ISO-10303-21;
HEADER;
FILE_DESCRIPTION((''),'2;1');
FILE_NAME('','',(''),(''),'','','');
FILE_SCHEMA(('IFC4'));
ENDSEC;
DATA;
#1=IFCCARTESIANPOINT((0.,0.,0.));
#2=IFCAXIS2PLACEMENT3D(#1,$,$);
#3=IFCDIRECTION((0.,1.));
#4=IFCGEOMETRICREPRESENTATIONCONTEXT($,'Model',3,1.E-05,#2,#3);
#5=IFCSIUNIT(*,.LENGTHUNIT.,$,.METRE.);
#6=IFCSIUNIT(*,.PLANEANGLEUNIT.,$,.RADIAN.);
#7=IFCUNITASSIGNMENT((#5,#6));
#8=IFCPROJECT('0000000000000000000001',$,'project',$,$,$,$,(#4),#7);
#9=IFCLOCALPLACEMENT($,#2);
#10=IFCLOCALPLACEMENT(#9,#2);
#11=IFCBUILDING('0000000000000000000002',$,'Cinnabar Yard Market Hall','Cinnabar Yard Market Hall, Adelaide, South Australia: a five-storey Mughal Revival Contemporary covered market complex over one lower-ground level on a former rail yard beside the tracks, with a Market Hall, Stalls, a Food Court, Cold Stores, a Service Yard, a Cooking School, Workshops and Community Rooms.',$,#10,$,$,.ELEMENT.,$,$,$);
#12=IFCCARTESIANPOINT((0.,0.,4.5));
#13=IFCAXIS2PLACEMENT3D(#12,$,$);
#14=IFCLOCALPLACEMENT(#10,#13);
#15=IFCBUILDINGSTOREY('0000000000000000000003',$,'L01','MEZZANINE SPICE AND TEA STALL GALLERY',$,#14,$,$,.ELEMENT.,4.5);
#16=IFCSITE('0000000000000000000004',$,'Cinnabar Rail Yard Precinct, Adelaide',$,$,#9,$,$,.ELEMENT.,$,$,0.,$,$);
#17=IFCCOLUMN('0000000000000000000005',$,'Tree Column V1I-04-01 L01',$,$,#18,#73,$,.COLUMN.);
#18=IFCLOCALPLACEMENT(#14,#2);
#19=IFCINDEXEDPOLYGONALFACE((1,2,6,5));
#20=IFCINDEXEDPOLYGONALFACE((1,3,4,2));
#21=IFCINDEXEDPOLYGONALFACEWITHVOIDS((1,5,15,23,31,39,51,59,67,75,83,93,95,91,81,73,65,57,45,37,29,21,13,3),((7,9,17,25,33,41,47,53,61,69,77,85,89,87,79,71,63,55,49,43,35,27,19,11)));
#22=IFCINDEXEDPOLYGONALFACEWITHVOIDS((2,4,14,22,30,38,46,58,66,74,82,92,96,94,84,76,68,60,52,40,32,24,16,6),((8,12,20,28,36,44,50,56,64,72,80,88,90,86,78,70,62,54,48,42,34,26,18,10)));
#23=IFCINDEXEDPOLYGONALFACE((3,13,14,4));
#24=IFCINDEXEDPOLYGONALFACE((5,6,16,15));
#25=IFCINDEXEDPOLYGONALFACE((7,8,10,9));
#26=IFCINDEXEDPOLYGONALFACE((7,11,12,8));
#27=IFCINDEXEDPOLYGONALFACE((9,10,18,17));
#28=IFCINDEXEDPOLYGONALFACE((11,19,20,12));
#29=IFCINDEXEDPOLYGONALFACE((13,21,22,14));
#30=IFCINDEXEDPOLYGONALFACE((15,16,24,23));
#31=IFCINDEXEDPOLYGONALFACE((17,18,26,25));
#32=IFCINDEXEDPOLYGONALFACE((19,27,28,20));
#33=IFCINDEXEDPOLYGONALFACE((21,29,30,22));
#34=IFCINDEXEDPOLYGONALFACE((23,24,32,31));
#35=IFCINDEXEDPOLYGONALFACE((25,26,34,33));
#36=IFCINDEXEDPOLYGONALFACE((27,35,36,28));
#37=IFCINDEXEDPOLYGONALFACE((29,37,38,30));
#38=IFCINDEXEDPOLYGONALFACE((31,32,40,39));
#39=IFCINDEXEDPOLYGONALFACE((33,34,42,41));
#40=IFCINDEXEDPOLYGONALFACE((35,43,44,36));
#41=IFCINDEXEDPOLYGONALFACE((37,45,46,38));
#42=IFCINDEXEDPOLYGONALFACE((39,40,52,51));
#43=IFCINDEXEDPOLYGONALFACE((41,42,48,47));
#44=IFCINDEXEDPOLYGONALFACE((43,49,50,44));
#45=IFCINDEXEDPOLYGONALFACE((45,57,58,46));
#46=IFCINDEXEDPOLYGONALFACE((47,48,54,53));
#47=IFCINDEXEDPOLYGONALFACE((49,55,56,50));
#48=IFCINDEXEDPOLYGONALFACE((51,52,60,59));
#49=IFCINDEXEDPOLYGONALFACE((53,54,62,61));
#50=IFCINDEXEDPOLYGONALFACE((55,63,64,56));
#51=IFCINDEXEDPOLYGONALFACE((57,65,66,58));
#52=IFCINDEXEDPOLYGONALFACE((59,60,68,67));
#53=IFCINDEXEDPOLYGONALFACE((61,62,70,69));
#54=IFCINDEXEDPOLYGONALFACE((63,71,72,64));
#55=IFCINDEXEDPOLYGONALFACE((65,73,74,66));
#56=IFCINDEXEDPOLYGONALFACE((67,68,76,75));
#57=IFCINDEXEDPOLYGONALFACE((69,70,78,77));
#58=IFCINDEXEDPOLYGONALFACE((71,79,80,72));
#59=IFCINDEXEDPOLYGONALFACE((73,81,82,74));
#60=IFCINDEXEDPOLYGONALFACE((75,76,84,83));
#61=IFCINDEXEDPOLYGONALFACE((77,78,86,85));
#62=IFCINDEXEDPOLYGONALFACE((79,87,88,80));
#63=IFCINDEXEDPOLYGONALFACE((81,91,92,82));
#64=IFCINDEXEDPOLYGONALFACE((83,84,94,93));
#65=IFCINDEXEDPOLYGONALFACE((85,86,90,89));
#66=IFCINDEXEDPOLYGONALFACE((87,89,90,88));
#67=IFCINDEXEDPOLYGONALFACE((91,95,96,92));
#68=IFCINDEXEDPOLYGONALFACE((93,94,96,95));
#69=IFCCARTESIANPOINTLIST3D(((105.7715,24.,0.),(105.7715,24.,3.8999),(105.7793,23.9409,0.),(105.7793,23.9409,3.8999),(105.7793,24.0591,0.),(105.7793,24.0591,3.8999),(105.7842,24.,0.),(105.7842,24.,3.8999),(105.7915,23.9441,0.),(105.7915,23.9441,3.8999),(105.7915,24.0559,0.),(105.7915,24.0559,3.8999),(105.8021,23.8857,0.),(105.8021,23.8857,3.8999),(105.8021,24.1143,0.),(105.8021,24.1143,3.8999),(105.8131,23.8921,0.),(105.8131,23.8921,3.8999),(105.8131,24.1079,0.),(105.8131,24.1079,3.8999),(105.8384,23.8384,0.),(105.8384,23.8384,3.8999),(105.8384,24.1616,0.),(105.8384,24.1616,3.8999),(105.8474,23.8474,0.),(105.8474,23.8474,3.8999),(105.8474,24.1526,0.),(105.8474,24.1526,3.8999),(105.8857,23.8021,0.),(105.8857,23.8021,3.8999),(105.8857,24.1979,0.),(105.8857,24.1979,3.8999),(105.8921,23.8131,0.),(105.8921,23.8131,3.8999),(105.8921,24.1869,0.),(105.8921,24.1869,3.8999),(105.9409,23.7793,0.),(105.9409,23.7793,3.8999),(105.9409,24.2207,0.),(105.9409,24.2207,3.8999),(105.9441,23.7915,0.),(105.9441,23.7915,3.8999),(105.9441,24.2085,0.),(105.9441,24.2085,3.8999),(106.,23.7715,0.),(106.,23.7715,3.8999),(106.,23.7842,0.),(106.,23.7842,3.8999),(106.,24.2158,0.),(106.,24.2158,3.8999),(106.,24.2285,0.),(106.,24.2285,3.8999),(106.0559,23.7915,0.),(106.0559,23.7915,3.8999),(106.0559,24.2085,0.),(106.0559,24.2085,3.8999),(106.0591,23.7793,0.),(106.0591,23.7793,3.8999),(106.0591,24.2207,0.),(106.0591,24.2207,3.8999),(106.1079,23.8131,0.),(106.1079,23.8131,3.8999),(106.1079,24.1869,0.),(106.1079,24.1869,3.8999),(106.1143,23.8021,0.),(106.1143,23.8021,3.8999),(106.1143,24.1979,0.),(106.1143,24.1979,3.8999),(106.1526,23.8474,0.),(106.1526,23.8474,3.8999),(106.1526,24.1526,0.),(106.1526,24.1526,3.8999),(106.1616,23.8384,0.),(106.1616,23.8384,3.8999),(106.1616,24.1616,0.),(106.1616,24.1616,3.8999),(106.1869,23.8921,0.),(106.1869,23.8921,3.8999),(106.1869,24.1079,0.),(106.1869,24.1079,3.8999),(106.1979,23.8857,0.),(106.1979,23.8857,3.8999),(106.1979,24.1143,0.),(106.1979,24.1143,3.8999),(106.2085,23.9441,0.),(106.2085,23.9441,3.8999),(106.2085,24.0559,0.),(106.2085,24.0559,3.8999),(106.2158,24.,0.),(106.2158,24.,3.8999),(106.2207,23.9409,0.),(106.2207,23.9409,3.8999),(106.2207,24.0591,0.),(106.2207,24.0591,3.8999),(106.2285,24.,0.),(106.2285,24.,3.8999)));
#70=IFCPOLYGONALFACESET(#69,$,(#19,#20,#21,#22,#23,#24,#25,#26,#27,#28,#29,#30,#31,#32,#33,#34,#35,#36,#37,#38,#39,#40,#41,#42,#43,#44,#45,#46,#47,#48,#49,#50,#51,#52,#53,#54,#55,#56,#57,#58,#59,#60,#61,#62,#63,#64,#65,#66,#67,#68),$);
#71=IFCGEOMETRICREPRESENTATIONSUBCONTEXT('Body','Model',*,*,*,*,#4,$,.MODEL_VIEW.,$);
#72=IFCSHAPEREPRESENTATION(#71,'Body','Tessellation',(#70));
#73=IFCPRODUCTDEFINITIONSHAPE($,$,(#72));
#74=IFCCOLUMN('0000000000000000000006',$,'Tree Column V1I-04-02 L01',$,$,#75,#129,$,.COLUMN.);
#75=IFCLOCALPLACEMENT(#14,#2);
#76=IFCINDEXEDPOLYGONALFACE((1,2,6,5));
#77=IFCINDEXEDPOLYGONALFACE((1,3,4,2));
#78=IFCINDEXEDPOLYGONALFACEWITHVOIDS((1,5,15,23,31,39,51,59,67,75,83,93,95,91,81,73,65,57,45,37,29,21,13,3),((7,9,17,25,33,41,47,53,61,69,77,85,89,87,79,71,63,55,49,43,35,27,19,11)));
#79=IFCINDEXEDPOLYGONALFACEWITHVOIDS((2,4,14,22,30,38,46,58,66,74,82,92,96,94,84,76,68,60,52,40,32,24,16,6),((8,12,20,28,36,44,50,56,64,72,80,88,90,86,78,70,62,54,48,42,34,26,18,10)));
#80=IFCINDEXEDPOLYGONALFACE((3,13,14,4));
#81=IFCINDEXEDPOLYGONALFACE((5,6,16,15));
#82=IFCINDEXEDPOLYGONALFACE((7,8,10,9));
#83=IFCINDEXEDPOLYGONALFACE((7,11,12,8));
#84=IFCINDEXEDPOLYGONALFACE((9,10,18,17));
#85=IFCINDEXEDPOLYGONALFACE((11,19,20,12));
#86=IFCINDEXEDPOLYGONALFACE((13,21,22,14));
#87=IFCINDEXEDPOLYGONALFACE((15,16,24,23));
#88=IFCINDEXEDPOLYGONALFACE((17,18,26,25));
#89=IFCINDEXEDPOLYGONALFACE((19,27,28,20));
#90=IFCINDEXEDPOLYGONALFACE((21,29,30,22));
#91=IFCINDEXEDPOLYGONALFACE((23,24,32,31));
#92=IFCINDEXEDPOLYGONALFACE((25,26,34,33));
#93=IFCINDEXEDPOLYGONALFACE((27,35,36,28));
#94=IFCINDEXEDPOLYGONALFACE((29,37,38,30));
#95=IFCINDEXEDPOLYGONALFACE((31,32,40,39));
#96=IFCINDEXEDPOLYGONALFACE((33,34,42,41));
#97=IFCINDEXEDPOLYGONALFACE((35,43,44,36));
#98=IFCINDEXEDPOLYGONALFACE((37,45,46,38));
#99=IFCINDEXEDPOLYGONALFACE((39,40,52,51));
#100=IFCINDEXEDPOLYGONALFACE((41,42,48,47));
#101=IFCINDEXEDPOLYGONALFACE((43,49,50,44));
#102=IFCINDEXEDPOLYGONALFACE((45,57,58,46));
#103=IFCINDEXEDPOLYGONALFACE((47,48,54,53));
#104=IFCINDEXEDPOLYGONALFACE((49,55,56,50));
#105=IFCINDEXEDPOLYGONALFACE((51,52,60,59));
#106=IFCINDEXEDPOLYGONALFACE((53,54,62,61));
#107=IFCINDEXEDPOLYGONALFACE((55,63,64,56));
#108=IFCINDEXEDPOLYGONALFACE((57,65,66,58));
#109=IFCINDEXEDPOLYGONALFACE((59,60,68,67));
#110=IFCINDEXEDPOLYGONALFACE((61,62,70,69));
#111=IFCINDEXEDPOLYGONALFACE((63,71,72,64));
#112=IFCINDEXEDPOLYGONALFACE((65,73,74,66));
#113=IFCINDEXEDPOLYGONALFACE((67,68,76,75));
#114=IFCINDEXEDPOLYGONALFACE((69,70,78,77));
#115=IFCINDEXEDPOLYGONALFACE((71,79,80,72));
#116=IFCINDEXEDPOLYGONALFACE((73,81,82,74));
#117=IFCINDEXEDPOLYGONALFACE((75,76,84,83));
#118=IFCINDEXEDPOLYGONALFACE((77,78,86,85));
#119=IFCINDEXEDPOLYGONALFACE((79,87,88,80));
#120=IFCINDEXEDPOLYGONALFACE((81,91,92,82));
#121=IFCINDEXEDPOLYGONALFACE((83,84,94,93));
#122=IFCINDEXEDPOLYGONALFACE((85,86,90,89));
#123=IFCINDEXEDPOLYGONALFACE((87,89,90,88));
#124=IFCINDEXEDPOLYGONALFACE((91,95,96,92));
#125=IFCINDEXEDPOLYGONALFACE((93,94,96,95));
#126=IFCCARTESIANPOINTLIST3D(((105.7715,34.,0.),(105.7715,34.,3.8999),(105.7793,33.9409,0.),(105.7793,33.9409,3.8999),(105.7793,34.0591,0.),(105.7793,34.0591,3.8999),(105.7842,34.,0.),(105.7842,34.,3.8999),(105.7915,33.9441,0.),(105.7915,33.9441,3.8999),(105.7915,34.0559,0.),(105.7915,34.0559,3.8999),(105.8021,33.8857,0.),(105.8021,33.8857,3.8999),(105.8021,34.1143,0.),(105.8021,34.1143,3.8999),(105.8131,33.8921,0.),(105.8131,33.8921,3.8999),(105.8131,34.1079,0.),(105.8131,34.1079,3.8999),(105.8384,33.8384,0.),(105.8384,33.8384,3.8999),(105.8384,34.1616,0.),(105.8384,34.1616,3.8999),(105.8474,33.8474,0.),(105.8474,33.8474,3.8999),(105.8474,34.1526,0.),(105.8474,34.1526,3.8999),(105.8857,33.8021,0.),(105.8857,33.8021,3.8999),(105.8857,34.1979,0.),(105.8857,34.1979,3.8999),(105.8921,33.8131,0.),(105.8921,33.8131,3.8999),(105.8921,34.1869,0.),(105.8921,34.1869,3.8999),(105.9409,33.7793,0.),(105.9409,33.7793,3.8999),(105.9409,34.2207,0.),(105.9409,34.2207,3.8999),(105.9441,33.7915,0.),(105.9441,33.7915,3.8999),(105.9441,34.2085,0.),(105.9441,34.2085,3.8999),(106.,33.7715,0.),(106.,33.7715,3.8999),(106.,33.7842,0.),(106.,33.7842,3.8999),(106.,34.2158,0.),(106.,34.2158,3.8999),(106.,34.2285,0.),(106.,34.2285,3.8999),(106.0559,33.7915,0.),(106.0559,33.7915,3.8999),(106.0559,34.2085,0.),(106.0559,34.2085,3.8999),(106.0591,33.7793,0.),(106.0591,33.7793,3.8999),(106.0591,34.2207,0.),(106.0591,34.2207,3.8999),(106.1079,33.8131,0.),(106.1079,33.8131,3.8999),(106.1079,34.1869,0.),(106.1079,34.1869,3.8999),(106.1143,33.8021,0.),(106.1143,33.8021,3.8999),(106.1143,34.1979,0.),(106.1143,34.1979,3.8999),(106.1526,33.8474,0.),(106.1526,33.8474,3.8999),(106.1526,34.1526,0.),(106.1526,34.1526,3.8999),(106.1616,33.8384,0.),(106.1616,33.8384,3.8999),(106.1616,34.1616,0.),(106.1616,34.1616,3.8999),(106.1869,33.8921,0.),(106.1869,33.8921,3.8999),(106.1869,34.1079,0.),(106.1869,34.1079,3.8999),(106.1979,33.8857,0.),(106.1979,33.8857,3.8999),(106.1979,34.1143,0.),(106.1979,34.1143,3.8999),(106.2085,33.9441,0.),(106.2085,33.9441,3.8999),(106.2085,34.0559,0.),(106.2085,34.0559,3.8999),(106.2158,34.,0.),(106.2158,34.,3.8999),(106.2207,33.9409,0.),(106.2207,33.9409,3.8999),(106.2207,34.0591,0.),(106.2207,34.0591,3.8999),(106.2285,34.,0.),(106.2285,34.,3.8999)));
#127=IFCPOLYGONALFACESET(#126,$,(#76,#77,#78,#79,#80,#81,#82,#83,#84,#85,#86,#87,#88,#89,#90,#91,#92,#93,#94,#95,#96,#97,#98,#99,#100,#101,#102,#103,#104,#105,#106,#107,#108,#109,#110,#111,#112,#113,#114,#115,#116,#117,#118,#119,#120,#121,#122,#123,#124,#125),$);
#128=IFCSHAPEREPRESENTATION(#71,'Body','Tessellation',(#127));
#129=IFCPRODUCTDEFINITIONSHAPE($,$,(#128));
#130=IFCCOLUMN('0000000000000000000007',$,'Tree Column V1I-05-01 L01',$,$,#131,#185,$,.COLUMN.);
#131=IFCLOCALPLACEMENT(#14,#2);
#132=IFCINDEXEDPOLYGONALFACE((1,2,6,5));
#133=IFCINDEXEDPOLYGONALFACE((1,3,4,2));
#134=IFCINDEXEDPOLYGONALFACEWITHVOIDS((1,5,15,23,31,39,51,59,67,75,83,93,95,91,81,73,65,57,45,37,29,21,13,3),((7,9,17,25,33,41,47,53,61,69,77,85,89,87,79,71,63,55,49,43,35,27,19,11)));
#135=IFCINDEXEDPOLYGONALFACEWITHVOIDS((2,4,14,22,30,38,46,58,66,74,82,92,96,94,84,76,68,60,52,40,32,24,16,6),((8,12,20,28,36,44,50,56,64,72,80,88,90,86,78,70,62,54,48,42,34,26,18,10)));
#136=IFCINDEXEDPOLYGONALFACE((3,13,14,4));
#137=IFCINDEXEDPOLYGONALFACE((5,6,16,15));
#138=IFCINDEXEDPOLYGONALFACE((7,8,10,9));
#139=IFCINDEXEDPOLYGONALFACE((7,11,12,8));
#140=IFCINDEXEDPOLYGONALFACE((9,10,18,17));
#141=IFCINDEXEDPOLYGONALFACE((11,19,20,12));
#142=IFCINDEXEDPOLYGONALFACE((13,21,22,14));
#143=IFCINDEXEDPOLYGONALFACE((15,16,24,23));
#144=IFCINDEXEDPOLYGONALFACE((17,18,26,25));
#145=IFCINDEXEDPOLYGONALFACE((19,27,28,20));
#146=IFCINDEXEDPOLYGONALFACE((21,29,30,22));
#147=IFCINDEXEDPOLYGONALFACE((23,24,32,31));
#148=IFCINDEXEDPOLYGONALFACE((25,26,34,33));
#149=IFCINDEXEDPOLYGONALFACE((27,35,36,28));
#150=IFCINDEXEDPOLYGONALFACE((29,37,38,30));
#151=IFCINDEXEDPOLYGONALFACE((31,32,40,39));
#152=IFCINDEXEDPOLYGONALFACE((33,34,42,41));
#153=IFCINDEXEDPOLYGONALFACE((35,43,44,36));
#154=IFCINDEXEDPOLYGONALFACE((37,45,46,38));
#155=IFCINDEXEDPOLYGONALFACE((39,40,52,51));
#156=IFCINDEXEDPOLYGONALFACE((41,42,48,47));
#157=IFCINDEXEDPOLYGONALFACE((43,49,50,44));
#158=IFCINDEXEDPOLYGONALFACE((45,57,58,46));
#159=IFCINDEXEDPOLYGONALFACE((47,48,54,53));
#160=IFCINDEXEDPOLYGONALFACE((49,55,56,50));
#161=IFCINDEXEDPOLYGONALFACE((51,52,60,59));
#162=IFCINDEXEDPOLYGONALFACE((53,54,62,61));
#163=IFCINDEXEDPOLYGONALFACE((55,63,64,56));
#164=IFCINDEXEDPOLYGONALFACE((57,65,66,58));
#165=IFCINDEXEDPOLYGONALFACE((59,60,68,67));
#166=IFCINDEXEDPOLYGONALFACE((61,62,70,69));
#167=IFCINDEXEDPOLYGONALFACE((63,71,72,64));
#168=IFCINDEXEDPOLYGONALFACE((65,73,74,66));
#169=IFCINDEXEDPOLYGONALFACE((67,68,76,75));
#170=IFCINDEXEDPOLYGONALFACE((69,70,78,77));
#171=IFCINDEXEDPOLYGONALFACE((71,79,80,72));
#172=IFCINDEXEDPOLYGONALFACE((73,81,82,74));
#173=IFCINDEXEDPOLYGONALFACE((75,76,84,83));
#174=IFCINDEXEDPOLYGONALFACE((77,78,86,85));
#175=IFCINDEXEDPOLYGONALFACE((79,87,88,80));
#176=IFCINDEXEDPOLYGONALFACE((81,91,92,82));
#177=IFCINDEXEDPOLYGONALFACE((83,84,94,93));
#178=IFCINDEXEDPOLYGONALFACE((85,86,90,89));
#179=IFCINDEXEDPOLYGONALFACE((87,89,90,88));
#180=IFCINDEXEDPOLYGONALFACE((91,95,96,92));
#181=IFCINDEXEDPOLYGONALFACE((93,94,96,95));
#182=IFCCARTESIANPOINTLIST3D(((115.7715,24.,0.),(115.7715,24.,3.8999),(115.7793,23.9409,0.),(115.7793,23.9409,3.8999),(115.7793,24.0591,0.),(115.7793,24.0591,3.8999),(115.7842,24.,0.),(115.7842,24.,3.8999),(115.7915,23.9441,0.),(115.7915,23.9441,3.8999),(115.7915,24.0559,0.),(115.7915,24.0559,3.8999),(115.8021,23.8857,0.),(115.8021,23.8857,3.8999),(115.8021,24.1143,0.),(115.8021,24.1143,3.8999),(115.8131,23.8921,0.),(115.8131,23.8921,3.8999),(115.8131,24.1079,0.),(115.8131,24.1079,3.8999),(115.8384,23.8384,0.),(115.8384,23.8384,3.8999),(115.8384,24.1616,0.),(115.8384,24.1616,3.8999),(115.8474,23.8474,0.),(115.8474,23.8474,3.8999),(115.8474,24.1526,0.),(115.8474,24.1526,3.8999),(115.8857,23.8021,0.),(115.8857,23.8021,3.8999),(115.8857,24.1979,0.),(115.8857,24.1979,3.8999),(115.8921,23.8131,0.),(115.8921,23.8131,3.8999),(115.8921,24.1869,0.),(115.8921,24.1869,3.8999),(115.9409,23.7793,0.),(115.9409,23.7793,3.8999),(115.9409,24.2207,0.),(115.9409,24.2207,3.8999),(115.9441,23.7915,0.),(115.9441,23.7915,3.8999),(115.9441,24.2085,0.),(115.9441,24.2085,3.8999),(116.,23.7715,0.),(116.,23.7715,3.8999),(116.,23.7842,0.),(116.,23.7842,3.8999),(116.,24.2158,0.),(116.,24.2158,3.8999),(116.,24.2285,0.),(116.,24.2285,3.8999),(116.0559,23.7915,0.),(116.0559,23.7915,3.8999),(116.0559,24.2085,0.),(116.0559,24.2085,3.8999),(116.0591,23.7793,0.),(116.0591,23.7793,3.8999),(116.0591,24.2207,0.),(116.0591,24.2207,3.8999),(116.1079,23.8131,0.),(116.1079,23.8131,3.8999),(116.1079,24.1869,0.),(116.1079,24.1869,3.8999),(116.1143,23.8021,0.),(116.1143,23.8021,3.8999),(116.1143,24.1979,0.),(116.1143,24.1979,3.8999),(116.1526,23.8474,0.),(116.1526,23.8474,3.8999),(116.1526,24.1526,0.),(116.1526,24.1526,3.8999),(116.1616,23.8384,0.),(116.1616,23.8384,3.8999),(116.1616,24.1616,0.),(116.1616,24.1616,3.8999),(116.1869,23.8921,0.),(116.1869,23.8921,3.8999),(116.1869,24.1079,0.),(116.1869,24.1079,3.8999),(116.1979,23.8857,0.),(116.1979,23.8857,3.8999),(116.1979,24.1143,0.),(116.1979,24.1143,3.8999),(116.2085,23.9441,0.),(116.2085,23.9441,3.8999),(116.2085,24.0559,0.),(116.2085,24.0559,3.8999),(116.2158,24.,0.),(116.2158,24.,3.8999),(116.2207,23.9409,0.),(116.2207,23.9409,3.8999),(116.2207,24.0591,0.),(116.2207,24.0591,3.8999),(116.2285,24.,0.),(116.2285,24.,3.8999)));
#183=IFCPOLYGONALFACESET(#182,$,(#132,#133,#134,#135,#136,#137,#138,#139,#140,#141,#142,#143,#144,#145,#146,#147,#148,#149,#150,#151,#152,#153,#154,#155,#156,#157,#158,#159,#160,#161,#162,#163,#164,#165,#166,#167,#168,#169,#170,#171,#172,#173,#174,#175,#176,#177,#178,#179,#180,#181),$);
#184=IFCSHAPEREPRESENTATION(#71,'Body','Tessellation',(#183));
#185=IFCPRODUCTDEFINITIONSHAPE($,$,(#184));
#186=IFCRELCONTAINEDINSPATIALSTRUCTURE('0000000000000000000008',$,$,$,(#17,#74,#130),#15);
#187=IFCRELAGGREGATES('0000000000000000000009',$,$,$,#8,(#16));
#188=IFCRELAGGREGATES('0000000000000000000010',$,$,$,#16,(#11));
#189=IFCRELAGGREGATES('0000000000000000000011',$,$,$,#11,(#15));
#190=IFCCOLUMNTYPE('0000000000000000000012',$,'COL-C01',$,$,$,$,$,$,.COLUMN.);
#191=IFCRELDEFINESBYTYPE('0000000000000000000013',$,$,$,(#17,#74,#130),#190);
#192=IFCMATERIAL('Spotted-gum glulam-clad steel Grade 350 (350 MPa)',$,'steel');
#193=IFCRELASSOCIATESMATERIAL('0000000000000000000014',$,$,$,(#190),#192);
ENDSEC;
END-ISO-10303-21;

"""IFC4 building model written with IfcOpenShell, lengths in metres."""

from ifc_helpers import new_model, si_unit, direction, frame, origin, origin_2d_with_axis, place, context, subcontext, project, spatial, hollow_circle, extrude, material, material_profile, profile_set, type_object, element, save


model = new_model("IFC4")

# Units and contexts
model_context = context("Model", 3, precision=1e-05, world=origin(), true_north=direction((0.0, 1.0)))
body_context = subcontext(model_context, "Body", "Model", "MODEL_VIEW")
ifc_project = project(units=[si_unit("LENGTHUNIT", "METRE"), si_unit("PLANEANGLEUNIT", "RADIAN")], contexts=[model_context])

# Site, building, storey
site_placement = place(None, origin())
site = spatial("IfcSite", under=ifc_project, at=site_placement, Name="Cinnabar Rail Yard Precinct, Adelaide", CompositionType="ELEMENT", RefElevation=0.0)
building_placement = place(site_placement, origin())
building = spatial("IfcBuilding", under=site, at=building_placement, Name="Cinnabar Yard Market Hall", Description="Cinnabar Yard Market Hall, Adelaide, South Australia: a five-storey Mughal Revival Contemporary covered market complex over one lower-ground level on a former rail yard beside the tracks, with a Market Hall, Stalls, a Food Court, Cold Stores, a Service Yard, a Cooking School, Workshops and Community Rooms.", CompositionType="ELEMENT")
storey_placement = place(building_placement, frame((0.0, 0.0, 4.5)))
storey = spatial("IfcBuildingStorey", under=building, at=storey_placement, Name="L01", Description="MEZZANINE SPICE AND TEA STALL GALLERY", CompositionType="ELEMENT", Elevation=4.5)

# Columns
ifc_material_1 = material(Name="Spotted-gum glulam-clad steel Grade 350 (350 MPa)", Category="steel")
ifc_material_profile_1 = material_profile(ifc_material_1, hollow_circle(Radius=0.2285, WallThickness=0.0127, at=origin_2d_with_axis()), Name="457.0x12.7CHS")
ifc_profile_set_1 = profile_set([ifc_material_profile_1], Name="Spotted-gum glulam-clad steel Grade 350 (350 MPa)")
column_type = type_object("IfcColumnType", Name="COL-C01", PredefinedType="COLUMN", material=ifc_profile_set_1)
for number, where, z_axis, x_axis, name in (
    (1, (106.0, 24.0, 0.0), (0.0, 0.0, 1.0), (1.0, 0.0, 0.0), "Tree Column V1I-04-01 L01"),
    (2, (106.0, 34.0, 0.0), (0.0, 0.0, 1.0), (1.0, 0.0, 0.0), "Tree Column V1I-04-02 L01"),
    (3, (116.0, 24.0, 0.0), (0.0, 0.0, 1.0), (1.0, 0.0, 0.0), "Tree Column V1I-05-01 L01"),
):
    element("IfcColumn", number, at=place(storey_placement, frame(where, z_axis=z_axis, x_axis=x_axis)), inside=storey, type_object=column_type, Name=name, PredefinedType="COLUMN", context=body_context, shape_type="SweptSolid", body=[
        extrude(hollow_circle(Radius=0.2285, WallThickness=0.0127, at=origin_2d_with_axis()), origin(), (0.0, 0.0, 1.0), 3.8999),
    ])

save(model, "model.ifc")
